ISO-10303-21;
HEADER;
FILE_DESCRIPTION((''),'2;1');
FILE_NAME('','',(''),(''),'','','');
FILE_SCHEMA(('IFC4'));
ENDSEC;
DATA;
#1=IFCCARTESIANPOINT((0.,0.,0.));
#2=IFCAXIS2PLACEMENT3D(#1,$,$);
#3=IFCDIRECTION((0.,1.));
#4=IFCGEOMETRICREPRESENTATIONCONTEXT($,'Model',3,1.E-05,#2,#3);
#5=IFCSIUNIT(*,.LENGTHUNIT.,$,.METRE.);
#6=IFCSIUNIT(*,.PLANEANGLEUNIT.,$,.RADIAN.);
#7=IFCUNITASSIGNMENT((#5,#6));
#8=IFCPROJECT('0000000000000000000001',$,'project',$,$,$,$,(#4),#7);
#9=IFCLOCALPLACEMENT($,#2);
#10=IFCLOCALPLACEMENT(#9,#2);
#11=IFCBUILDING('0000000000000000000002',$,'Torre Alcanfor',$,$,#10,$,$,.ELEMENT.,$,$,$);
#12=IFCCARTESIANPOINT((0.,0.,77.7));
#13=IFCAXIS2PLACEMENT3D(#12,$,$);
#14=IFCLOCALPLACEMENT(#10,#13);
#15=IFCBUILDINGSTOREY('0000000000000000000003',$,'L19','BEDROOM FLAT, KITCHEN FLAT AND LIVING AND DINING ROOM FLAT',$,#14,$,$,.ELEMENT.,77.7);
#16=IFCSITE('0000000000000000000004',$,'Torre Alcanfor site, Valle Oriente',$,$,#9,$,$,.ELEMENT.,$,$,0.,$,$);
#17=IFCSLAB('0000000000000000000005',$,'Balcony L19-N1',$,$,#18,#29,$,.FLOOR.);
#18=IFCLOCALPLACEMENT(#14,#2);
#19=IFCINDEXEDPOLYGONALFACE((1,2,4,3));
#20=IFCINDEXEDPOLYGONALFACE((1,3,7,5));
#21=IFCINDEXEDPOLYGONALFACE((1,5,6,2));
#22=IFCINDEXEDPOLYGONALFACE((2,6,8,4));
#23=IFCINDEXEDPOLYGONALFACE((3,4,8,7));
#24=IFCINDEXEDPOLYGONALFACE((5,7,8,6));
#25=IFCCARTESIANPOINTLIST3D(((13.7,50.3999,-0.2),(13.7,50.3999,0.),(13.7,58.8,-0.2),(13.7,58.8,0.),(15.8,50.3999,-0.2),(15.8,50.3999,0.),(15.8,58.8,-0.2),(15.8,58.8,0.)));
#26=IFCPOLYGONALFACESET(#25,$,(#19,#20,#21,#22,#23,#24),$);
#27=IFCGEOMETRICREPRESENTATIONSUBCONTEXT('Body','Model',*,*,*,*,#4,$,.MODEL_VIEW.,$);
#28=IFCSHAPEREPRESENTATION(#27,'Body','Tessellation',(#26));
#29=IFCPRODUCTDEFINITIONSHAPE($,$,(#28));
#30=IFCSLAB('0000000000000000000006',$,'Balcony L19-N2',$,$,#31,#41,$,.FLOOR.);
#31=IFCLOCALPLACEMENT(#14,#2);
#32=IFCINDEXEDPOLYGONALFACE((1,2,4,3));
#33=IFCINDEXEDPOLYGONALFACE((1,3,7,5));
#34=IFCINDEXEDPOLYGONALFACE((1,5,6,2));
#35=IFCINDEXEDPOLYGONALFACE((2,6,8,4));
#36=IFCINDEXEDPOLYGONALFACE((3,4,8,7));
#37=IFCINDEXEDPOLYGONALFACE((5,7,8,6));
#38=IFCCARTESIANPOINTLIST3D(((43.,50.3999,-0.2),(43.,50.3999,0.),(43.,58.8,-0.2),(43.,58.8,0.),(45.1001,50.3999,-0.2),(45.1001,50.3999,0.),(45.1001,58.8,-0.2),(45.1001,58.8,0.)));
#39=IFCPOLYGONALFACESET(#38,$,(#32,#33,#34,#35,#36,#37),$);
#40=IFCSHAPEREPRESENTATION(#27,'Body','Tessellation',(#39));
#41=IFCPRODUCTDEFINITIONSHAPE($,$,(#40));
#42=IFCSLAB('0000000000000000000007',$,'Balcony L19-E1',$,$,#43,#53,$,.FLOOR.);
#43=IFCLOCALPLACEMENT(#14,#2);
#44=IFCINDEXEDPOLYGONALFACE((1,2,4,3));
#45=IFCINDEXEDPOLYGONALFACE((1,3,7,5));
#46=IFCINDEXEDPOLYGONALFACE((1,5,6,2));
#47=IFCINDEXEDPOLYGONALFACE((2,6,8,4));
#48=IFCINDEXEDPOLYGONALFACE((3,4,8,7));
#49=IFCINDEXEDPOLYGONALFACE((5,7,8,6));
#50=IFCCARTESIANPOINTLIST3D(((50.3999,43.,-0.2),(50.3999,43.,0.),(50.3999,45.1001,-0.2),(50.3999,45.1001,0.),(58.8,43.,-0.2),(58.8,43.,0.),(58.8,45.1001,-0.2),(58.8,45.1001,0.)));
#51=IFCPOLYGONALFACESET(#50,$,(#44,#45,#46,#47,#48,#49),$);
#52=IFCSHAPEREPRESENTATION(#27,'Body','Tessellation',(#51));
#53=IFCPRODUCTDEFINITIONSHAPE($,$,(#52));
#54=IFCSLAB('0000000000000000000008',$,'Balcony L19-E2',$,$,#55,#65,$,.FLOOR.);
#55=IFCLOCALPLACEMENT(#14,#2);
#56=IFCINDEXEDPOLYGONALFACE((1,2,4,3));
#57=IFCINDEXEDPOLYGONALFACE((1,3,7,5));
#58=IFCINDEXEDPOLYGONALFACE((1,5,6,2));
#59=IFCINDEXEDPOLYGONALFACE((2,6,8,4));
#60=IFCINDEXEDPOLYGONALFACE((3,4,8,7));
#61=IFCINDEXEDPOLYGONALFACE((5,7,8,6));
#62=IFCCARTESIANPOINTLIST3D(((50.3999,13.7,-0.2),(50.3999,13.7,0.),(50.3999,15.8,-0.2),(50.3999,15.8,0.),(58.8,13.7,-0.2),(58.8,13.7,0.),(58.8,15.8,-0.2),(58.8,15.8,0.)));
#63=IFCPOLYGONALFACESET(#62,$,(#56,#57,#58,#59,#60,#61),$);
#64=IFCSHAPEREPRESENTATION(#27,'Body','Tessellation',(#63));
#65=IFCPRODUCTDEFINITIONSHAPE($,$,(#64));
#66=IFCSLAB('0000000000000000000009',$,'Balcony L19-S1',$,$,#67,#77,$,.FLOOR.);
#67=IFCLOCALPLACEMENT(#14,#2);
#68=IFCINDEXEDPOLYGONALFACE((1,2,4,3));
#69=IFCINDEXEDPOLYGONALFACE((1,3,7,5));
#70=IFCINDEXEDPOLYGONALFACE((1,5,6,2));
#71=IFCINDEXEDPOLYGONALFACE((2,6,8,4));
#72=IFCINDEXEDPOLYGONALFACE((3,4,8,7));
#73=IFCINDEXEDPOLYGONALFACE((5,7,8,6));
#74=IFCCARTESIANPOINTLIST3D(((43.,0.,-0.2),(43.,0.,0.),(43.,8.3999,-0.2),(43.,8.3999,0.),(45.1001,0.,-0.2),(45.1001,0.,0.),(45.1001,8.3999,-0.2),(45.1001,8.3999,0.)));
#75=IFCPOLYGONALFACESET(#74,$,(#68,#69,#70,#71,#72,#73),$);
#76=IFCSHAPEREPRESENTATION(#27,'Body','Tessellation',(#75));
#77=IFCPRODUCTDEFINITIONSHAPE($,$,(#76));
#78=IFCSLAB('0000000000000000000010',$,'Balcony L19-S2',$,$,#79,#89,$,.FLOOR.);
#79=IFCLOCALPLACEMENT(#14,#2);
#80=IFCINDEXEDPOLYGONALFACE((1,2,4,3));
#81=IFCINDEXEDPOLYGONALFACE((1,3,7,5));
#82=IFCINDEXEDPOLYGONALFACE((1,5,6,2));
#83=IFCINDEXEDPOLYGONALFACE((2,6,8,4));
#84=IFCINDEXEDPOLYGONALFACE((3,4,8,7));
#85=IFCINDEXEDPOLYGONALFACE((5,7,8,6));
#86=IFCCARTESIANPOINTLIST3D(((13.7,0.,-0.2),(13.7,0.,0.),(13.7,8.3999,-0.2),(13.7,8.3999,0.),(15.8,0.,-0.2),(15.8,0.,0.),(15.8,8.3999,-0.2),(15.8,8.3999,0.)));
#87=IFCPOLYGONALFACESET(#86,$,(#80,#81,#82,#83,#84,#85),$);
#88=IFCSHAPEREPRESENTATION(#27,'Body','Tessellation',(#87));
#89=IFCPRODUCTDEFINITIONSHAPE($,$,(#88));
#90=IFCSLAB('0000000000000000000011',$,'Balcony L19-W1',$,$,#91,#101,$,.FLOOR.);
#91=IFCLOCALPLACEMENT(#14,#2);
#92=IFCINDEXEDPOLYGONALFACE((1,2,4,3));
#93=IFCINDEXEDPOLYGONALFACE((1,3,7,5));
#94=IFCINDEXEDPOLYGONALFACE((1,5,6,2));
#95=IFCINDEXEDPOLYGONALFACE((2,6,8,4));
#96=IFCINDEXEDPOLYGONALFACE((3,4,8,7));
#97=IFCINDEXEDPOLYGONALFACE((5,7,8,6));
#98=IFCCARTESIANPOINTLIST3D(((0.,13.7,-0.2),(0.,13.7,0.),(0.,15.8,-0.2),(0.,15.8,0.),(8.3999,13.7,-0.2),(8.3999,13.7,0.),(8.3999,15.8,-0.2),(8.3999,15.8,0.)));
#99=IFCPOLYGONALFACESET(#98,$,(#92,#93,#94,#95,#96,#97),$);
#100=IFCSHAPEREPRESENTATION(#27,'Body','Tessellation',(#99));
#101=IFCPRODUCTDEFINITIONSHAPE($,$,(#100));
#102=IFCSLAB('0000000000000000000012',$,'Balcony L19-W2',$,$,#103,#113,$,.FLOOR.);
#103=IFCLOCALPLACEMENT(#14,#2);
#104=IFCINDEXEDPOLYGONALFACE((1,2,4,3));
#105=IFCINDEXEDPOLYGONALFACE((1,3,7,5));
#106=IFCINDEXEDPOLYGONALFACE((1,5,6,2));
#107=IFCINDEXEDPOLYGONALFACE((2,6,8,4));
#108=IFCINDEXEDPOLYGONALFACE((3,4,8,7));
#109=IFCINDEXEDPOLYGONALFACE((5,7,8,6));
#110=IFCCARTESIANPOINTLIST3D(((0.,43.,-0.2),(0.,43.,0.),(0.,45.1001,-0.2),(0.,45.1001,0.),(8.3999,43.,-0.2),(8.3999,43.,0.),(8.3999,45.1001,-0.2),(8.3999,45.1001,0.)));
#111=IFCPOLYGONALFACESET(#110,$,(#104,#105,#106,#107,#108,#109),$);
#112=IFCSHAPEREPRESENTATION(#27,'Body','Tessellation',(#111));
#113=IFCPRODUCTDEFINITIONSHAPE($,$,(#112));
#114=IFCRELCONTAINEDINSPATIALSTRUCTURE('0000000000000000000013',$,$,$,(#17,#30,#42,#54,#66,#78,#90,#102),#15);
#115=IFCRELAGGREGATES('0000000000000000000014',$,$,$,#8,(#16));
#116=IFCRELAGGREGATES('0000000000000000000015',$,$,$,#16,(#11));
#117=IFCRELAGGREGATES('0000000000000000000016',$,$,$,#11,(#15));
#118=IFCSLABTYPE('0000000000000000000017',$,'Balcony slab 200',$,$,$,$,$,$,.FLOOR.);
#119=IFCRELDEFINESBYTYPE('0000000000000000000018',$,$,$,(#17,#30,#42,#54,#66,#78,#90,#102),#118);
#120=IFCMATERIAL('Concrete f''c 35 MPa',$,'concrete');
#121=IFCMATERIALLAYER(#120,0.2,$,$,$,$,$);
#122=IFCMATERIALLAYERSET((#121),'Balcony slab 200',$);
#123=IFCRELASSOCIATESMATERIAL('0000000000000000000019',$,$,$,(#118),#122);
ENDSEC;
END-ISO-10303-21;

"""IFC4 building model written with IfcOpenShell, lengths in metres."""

from ifc_helpers import new_model, si_unit, direction, frame, origin, place, context, subcontext, project, spatial, polyline, outline, extrude, material, layer, layer_set, type_object, element, save


model = new_model("IFC4")

# Units and contexts
model_context = context("Model", 3, precision=1e-05, world=origin(), true_north=direction((0.0, 1.0)))
body_context = subcontext(model_context, "Body", "Model", "MODEL_VIEW")
ifc_project = project(units=[si_unit("LENGTHUNIT", "METRE"), si_unit("PLANEANGLEUNIT", "RADIAN")], contexts=[model_context])

# Site, building, storey
site_placement = place(None, origin())
site = spatial("IfcSite", under=ifc_project, at=site_placement, Name="Torre Alcanfor site, Valle Oriente", CompositionType="ELEMENT", RefElevation=0.0)
building_placement = place(site_placement, origin())
building = spatial("IfcBuilding", under=site, at=building_placement, Name="Torre Alcanfor", CompositionType="ELEMENT")
storey_placement = place(building_placement, frame((0.0, 0.0, 77.7)))
storey = spatial("IfcBuildingStorey", under=building, at=storey_placement, Name="L19", Description="BEDROOM FLAT, KITCHEN FLAT AND LIVING AND DINING ROOM FLAT", CompositionType="ELEMENT", Elevation=77.7)

# Slabs
ifc_material_1 = material(Name="Concrete f'c 35 MPa", Category="concrete")
ifc_layer_1 = layer(ifc_material_1, 0.2)
ifc_layer_set_1 = layer_set([ifc_layer_1], Name="Balcony slab 200")
slab_type_1 = type_object("IfcSlabType", Name="Balcony slab 200", PredefinedType="FLOOR", material=ifc_layer_set_1)
slab_1_placement = place(storey_placement, frame((0.0, 0.0, -0.2)))
element("IfcSlab", 1, at=slab_1_placement, inside=storey, type_object=slab_type_1, Name="Balcony L19-N1", PredefinedType="FLOOR", context=body_context, shape_type="SweptSolid", body=[
    extrude(outline(polyline([(15.8, 50.3999), (15.8, 58.8), (13.7, 58.8), (13.7, 50.3999), (15.8, 50.3999)])), origin(), (0.0, 0.0, 1.0), 0.2),
])
slab_2_placement = place(storey_placement, frame((0.0, 0.0, -0.2)))
element("IfcSlab", 2, at=slab_2_placement, inside=storey, type_object=slab_type_1, Name="Balcony L19-N2", PredefinedType="FLOOR", context=body_context, shape_type="SweptSolid", body=[
    extrude(outline(polyline([(45.1001, 50.3999), (45.1001, 58.8), (43.0, 58.8), (43.0, 50.3999), (45.1001, 50.3999)])), origin(), (0.0, 0.0, 1.0), 0.2),
])
slab_3_placement = place(storey_placement, frame((0.0, 0.0, -0.2)))
element("IfcSlab", 3, at=slab_3_placement, inside=storey, type_object=slab_type_1, Name="Balcony L19-E1", PredefinedType="FLOOR", context=body_context, shape_type="SweptSolid", body=[
    extrude(outline(polyline([(50.3999, 43.0), (58.8, 43.0), (58.8, 45.1001), (50.3999, 45.1001), (50.3999, 43.0)])), origin(), (0.0, 0.0, 1.0), 0.2),
])
slab_4_placement = place(storey_placement, frame((0.0, 0.0, -0.2)))
element("IfcSlab", 4, at=slab_4_placement, inside=storey, type_object=slab_type_1, Name="Balcony L19-E2", PredefinedType="FLOOR", context=body_context, shape_type="SweptSolid", body=[
    extrude(outline(polyline([(50.3999, 13.7), (58.8, 13.7), (58.8, 15.8), (50.3999, 15.8), (50.3999, 13.7)])), origin(), (0.0, 0.0, 1.0), 0.2),
])
slab_5_placement = place(storey_placement, frame((0.0, 0.0, -0.2)))
element("IfcSlab", 5, at=slab_5_placement, inside=storey, type_object=slab_type_1, Name="Balcony L19-S1", PredefinedType="FLOOR", context=body_context, shape_type="SweptSolid", body=[
    extrude(outline(polyline([(43.0, 8.3999), (43.0, 0.0), (45.1001, 0.0), (45.1001, 8.3999), (43.0, 8.3999)])), origin(), (0.0, 0.0, 1.0), 0.2),
])
slab_6_placement = place(storey_placement, frame((0.0, 0.0, -0.2)))
element("IfcSlab", 6, at=slab_6_placement, inside=storey, type_object=slab_type_1, Name="Balcony L19-S2", PredefinedType="FLOOR", context=body_context, shape_type="SweptSolid", body=[
    extrude(outline(polyline([(13.7, 8.3999), (13.7, 0.0), (15.8, 0.0), (15.8, 8.3999), (13.7, 8.3999)])), origin(), (0.0, 0.0, 1.0), 0.2),
])
slab_7_placement = place(storey_placement, frame((0.0, 0.0, -0.2)))
element("IfcSlab", 7, at=slab_7_placement, inside=storey, type_object=slab_type_1, Name="Balcony L19-W1", PredefinedType="FLOOR", context=body_context, shape_type="SweptSolid", body=[
    extrude(outline(polyline([(8.3999, 15.8), (0.0, 15.8), (0.0, 13.7), (8.3999, 13.7), (8.3999, 15.8)])), origin(), (0.0, 0.0, 1.0), 0.2),
])
slab_8_placement = place(storey_placement, frame((0.0, 0.0, -0.2)))
element("IfcSlab", 8, at=slab_8_placement, inside=storey, type_object=slab_type_1, Name="Balcony L19-W2", PredefinedType="FLOOR", context=body_context, shape_type="SweptSolid", body=[
    extrude(outline(polyline([(8.3999, 45.1001), (0.0, 45.1001), (0.0, 43.0), (8.3999, 43.0), (8.3999, 45.1001)])), origin(), (0.0, 0.0, 1.0), 0.2),
])

save(model, "model.ifc")
